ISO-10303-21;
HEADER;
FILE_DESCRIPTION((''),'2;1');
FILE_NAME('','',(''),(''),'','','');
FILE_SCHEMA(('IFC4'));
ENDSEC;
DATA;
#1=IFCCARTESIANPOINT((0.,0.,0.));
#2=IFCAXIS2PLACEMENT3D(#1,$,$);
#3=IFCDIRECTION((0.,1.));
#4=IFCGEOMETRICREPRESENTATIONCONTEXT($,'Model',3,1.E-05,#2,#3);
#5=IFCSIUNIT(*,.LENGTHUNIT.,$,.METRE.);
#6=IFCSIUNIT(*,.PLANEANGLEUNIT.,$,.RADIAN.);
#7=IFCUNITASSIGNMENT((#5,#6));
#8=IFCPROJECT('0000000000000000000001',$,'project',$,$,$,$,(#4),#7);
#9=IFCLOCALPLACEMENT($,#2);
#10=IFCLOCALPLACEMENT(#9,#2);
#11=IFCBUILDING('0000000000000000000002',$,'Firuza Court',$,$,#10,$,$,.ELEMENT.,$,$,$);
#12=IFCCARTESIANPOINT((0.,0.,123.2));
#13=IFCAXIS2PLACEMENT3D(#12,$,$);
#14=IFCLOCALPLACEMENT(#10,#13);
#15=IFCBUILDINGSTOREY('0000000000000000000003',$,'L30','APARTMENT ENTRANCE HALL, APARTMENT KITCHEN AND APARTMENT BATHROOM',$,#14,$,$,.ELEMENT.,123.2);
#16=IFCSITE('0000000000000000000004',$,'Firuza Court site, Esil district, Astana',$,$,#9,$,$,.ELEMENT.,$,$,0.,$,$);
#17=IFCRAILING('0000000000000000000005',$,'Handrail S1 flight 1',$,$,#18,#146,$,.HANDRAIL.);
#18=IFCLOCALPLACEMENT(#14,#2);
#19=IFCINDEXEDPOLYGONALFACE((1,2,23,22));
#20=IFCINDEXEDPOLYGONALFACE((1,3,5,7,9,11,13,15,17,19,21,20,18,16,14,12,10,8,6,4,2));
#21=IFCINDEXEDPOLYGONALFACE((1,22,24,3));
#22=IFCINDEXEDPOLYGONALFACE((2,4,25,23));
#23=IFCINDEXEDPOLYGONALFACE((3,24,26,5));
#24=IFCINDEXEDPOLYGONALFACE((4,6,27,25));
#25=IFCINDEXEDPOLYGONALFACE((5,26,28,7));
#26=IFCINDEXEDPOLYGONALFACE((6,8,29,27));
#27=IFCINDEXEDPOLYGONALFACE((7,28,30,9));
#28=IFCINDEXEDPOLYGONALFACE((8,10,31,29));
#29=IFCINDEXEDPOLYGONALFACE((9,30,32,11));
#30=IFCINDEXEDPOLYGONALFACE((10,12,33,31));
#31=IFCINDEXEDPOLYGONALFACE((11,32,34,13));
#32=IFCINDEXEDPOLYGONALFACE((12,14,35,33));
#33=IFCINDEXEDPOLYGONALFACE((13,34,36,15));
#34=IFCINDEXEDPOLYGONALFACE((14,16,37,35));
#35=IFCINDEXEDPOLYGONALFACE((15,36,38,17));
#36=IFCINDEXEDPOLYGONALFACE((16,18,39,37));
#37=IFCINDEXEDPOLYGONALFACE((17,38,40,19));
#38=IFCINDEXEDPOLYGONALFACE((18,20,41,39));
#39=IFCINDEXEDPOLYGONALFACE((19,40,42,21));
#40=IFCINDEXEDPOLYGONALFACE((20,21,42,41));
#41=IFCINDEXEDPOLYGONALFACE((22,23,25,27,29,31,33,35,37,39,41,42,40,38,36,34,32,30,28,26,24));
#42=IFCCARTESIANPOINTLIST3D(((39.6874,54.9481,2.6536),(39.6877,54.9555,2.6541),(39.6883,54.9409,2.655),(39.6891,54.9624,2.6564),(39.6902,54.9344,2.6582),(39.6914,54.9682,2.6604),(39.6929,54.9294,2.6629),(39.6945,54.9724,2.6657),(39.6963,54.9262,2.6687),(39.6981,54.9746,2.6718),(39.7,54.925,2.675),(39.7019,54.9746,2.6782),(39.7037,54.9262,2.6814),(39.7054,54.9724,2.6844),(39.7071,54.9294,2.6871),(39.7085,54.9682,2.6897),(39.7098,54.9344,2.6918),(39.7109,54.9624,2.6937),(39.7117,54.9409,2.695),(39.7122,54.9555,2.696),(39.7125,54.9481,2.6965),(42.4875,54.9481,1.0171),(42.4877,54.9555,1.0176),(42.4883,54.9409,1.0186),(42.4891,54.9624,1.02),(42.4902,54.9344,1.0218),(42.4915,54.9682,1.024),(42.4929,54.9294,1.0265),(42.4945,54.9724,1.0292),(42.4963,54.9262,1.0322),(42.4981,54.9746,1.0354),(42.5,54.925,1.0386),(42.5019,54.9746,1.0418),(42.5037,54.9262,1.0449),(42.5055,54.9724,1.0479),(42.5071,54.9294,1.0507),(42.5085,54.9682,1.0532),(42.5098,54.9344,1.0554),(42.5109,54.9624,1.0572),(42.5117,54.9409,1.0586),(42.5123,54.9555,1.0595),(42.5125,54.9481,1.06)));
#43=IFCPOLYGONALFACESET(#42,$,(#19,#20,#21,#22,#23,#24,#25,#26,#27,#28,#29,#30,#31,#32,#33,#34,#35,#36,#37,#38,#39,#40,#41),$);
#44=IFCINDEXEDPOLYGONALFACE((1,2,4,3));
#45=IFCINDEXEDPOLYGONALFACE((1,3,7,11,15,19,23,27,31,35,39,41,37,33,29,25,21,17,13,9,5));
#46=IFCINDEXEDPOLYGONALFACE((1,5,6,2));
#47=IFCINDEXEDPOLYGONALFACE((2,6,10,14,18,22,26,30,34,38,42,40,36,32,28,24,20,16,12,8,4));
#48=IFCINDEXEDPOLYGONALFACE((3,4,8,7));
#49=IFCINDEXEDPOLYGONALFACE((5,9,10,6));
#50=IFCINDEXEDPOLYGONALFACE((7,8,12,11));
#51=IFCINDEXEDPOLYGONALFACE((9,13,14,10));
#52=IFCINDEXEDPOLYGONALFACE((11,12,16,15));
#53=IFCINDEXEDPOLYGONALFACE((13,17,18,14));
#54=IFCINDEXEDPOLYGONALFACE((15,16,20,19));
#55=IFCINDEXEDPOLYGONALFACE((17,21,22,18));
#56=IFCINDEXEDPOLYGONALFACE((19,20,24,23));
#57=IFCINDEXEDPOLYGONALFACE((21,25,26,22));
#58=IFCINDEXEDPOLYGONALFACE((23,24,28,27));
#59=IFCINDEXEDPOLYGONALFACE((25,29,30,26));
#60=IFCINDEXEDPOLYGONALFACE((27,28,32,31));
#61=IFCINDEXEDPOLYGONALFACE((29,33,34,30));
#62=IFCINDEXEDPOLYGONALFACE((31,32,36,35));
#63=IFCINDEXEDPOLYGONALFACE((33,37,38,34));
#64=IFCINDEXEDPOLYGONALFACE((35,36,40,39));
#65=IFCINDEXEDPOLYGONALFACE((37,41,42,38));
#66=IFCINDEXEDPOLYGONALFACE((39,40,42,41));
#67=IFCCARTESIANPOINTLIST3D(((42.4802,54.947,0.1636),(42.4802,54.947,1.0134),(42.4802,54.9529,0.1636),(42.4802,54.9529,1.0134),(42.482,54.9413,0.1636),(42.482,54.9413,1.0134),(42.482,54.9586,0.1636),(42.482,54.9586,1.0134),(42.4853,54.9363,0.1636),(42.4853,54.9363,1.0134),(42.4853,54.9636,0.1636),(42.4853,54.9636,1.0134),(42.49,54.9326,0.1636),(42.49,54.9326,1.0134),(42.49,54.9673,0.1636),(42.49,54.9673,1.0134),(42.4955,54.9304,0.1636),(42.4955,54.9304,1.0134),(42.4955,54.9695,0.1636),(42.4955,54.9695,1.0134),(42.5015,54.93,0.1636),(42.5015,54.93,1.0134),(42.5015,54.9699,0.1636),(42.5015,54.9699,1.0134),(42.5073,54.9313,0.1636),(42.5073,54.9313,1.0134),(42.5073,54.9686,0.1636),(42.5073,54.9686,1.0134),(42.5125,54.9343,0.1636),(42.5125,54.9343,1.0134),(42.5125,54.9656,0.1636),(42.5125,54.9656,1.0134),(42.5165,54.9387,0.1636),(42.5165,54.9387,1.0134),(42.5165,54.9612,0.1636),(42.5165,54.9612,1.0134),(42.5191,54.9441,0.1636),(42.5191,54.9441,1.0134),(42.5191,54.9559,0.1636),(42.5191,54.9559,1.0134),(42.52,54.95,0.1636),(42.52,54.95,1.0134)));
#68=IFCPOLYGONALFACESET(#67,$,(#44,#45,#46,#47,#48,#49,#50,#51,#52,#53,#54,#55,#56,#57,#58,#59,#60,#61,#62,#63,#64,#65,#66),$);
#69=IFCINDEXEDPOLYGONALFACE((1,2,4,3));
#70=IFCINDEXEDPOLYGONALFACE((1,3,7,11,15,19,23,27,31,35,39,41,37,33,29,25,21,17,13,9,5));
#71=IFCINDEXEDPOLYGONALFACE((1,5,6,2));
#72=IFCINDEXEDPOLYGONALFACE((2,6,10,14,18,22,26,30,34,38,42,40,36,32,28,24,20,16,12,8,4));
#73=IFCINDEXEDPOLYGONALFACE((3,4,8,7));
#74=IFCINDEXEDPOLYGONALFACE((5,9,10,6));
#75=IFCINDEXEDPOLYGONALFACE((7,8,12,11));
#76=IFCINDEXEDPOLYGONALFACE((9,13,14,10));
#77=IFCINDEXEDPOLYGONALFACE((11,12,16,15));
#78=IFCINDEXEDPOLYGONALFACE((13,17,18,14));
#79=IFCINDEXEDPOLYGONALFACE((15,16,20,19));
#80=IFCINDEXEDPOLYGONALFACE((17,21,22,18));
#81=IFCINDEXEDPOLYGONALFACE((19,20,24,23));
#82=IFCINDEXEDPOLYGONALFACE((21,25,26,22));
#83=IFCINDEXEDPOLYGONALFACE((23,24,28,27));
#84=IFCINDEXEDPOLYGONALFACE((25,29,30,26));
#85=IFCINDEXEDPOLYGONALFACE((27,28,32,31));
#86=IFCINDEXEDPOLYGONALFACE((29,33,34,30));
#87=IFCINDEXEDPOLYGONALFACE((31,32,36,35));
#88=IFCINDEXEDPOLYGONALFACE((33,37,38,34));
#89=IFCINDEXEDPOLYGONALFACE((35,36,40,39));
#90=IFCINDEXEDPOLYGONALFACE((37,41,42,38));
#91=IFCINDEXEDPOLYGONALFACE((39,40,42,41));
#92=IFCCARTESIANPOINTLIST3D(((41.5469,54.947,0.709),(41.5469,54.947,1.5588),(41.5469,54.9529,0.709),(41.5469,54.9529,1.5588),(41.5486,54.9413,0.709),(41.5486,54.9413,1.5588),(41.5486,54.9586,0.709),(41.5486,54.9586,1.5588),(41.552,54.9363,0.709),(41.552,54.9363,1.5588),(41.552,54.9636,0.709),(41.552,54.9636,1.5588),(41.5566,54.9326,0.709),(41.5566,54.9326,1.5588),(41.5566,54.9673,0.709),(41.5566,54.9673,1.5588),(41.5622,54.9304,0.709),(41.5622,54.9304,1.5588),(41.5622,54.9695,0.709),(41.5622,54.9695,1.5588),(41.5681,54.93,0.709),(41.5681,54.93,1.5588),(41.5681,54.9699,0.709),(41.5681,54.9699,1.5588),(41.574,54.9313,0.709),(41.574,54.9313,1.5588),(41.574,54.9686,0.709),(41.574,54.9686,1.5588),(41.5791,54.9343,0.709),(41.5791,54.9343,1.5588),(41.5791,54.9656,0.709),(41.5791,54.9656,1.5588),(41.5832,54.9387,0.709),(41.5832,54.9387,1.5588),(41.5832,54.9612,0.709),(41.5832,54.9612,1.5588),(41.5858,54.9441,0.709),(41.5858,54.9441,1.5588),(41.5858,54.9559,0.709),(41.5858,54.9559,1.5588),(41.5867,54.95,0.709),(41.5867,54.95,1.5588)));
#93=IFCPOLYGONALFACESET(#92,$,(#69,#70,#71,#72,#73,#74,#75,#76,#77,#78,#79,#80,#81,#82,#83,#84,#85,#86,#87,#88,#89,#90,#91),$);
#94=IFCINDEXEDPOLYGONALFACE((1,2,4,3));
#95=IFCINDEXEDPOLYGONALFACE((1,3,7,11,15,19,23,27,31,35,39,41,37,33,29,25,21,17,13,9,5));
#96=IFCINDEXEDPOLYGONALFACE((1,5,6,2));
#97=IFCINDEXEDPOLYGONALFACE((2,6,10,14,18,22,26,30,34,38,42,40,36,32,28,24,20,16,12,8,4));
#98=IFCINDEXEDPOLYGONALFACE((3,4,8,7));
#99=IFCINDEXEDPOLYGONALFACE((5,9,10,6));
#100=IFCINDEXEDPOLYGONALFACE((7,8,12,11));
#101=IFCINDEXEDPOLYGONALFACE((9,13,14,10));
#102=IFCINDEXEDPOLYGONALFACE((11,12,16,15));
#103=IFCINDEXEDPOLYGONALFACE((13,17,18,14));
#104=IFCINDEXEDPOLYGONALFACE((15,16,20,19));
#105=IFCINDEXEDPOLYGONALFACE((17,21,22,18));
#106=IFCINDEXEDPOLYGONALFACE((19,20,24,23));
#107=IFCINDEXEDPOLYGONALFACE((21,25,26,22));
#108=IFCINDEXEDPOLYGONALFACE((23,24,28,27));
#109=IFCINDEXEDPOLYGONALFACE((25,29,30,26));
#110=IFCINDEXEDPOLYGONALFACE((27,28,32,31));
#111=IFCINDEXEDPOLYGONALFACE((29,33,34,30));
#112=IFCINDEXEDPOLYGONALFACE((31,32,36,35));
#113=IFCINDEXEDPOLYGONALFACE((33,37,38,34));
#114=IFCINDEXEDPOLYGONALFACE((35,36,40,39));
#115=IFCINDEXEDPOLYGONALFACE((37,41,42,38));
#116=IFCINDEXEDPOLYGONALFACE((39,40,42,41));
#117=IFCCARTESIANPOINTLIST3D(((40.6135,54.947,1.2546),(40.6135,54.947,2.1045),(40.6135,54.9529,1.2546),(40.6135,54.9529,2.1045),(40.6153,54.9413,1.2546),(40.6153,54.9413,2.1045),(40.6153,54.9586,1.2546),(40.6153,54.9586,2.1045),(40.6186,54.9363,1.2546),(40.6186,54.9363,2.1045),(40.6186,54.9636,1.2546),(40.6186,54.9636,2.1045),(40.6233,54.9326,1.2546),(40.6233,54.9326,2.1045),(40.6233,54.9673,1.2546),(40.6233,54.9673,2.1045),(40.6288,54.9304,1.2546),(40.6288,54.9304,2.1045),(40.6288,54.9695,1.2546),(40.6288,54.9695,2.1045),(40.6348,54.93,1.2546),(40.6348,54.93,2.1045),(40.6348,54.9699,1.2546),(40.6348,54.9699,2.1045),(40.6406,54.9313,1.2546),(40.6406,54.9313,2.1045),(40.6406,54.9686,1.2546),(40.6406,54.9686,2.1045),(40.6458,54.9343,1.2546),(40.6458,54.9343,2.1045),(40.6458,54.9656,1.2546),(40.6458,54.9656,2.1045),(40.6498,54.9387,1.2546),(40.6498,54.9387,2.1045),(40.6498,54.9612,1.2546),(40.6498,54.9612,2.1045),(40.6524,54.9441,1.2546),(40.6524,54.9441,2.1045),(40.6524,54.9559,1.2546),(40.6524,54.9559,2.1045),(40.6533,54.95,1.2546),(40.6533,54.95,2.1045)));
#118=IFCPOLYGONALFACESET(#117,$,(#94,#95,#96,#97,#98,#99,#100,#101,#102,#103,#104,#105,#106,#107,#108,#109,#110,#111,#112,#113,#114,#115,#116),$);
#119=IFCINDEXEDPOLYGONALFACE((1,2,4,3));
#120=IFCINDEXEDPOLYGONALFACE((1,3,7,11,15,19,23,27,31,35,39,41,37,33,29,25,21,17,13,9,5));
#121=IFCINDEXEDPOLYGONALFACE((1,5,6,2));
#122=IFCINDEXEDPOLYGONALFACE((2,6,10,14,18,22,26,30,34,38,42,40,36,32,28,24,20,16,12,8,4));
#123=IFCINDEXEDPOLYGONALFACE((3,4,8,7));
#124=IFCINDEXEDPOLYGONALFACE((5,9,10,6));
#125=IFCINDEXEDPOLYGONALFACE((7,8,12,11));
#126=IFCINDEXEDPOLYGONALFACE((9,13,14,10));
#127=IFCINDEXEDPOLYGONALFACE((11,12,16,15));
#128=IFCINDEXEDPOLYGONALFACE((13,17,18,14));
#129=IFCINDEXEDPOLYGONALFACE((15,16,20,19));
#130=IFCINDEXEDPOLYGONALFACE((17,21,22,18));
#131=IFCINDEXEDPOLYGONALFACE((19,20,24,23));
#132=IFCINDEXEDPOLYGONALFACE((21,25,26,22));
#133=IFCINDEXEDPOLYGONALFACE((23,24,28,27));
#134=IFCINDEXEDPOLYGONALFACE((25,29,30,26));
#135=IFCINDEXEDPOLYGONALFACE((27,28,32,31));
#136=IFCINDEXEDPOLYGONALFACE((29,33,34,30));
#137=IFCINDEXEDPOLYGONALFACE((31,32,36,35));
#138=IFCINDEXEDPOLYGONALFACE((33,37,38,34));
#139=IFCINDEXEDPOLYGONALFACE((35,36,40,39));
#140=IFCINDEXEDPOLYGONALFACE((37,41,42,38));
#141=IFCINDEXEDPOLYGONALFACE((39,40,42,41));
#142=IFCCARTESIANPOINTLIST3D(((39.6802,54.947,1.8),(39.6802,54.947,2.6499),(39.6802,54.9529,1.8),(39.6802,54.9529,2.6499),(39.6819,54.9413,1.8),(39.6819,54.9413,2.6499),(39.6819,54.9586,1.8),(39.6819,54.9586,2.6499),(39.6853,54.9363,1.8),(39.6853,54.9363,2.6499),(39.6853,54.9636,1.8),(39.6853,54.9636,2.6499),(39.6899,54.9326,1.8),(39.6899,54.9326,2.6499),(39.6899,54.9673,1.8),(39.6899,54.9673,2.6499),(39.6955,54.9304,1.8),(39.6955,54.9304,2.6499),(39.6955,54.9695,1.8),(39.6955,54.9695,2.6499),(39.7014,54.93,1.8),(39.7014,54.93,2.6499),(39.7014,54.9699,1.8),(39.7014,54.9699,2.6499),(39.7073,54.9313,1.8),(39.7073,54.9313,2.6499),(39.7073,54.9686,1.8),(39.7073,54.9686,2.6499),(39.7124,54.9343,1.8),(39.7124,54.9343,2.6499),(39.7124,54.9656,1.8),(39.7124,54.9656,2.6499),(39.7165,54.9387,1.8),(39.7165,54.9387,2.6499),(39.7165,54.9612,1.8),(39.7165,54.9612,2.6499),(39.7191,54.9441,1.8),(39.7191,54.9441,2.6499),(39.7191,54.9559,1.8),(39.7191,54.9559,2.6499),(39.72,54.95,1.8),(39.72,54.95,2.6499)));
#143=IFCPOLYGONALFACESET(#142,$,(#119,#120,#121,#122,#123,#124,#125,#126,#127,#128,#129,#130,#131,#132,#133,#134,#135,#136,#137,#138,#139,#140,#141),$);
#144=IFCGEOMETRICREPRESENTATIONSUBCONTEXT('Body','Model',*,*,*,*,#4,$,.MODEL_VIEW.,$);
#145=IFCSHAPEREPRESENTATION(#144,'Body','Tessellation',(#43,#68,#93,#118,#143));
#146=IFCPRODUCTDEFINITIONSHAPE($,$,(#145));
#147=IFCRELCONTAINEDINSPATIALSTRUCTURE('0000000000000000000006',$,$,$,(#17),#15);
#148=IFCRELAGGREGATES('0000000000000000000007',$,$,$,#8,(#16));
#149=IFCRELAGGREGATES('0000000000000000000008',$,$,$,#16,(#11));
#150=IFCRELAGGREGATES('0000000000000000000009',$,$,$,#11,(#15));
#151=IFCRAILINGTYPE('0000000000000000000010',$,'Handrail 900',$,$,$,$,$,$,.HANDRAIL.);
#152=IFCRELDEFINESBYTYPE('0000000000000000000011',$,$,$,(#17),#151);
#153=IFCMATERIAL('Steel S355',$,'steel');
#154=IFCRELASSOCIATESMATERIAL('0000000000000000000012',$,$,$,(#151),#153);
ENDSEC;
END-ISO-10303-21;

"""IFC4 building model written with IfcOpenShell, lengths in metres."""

from ifc_helpers import new_model, si_unit, direction, frame, origin, origin_2d, place, context, subcontext, project, spatial, circle, extrude, material, type_object, element, save


model = new_model("IFC4")

# Units and contexts
model_context = context("Model", 3, precision=1e-05, world=origin(), true_north=direction((0.0, 1.0)))
body_context = subcontext(model_context, "Body", "Model", "MODEL_VIEW")
ifc_project = project(units=[si_unit("LENGTHUNIT", "METRE"), si_unit("PLANEANGLEUNIT", "RADIAN")], contexts=[model_context])

# Site, building, storey
site_placement = place(None, origin())
site = spatial("IfcSite", under=ifc_project, at=site_placement, Name="Firuza Court site, Esil district, Astana", CompositionType="ELEMENT", RefElevation=0.0)
building_placement = place(site_placement, origin())
building = spatial("IfcBuilding", under=site, at=building_placement, Name="Firuza Court", CompositionType="ELEMENT")
storey_placement = place(building_placement, frame((0.0, 0.0, 123.2)))
storey = spatial("IfcBuildingStorey", under=building, at=storey_placement, Name="L30", Description="APARTMENT ENTRANCE HALL, APARTMENT KITCHEN AND APARTMENT BATHROOM", CompositionType="ELEMENT", Elevation=123.2)

# Railing
ifc_material_1 = material(Name="Steel S355", Category="steel")
railing_type_1 = type_object("IfcRailingType", Name="Handrail 900", PredefinedType="HANDRAIL", material=ifc_material_1)
railing_1_placement = place(storey_placement, frame((42.5, 54.95, 0.1636)))
element("IfcRailing", 1, at=railing_1_placement, inside=storey, type_object=railing_type_1, Name="Handrail S1 flight 1", PredefinedType="HANDRAIL", context=body_context, shape_type="SweptSolid", body=[
    extrude(circle(Radius=0.0249, at=origin_2d()), frame((0.0, 0.0, 0.875), z_axis=(-0.863361, 0.0, 0.504587), x_axis=(0.0, -1.0, 0.0)), (0.0, 0.0, 1.0), 3.2432),
    extrude(circle(Radius=0.02, at=origin_2d()), origin(), (0.0, 0.0, 1.0), 0.8499),
    extrude(circle(Radius=0.02, at=origin_2d()), frame((-0.9333, 0.0, 0.5454)), (0.0, 0.0, 1.0), 0.8499),
    extrude(circle(Radius=0.02, at=origin_2d()), frame((-1.8667, 0.0, 1.0911)), (0.0, 0.0, 1.0), 0.8499),
    extrude(circle(Radius=0.02, at=origin_2d()), frame((-2.8, 0.0, 1.6365)), (0.0, 0.0, 1.0), 0.8499),
])

save(model, "model.ifc")
